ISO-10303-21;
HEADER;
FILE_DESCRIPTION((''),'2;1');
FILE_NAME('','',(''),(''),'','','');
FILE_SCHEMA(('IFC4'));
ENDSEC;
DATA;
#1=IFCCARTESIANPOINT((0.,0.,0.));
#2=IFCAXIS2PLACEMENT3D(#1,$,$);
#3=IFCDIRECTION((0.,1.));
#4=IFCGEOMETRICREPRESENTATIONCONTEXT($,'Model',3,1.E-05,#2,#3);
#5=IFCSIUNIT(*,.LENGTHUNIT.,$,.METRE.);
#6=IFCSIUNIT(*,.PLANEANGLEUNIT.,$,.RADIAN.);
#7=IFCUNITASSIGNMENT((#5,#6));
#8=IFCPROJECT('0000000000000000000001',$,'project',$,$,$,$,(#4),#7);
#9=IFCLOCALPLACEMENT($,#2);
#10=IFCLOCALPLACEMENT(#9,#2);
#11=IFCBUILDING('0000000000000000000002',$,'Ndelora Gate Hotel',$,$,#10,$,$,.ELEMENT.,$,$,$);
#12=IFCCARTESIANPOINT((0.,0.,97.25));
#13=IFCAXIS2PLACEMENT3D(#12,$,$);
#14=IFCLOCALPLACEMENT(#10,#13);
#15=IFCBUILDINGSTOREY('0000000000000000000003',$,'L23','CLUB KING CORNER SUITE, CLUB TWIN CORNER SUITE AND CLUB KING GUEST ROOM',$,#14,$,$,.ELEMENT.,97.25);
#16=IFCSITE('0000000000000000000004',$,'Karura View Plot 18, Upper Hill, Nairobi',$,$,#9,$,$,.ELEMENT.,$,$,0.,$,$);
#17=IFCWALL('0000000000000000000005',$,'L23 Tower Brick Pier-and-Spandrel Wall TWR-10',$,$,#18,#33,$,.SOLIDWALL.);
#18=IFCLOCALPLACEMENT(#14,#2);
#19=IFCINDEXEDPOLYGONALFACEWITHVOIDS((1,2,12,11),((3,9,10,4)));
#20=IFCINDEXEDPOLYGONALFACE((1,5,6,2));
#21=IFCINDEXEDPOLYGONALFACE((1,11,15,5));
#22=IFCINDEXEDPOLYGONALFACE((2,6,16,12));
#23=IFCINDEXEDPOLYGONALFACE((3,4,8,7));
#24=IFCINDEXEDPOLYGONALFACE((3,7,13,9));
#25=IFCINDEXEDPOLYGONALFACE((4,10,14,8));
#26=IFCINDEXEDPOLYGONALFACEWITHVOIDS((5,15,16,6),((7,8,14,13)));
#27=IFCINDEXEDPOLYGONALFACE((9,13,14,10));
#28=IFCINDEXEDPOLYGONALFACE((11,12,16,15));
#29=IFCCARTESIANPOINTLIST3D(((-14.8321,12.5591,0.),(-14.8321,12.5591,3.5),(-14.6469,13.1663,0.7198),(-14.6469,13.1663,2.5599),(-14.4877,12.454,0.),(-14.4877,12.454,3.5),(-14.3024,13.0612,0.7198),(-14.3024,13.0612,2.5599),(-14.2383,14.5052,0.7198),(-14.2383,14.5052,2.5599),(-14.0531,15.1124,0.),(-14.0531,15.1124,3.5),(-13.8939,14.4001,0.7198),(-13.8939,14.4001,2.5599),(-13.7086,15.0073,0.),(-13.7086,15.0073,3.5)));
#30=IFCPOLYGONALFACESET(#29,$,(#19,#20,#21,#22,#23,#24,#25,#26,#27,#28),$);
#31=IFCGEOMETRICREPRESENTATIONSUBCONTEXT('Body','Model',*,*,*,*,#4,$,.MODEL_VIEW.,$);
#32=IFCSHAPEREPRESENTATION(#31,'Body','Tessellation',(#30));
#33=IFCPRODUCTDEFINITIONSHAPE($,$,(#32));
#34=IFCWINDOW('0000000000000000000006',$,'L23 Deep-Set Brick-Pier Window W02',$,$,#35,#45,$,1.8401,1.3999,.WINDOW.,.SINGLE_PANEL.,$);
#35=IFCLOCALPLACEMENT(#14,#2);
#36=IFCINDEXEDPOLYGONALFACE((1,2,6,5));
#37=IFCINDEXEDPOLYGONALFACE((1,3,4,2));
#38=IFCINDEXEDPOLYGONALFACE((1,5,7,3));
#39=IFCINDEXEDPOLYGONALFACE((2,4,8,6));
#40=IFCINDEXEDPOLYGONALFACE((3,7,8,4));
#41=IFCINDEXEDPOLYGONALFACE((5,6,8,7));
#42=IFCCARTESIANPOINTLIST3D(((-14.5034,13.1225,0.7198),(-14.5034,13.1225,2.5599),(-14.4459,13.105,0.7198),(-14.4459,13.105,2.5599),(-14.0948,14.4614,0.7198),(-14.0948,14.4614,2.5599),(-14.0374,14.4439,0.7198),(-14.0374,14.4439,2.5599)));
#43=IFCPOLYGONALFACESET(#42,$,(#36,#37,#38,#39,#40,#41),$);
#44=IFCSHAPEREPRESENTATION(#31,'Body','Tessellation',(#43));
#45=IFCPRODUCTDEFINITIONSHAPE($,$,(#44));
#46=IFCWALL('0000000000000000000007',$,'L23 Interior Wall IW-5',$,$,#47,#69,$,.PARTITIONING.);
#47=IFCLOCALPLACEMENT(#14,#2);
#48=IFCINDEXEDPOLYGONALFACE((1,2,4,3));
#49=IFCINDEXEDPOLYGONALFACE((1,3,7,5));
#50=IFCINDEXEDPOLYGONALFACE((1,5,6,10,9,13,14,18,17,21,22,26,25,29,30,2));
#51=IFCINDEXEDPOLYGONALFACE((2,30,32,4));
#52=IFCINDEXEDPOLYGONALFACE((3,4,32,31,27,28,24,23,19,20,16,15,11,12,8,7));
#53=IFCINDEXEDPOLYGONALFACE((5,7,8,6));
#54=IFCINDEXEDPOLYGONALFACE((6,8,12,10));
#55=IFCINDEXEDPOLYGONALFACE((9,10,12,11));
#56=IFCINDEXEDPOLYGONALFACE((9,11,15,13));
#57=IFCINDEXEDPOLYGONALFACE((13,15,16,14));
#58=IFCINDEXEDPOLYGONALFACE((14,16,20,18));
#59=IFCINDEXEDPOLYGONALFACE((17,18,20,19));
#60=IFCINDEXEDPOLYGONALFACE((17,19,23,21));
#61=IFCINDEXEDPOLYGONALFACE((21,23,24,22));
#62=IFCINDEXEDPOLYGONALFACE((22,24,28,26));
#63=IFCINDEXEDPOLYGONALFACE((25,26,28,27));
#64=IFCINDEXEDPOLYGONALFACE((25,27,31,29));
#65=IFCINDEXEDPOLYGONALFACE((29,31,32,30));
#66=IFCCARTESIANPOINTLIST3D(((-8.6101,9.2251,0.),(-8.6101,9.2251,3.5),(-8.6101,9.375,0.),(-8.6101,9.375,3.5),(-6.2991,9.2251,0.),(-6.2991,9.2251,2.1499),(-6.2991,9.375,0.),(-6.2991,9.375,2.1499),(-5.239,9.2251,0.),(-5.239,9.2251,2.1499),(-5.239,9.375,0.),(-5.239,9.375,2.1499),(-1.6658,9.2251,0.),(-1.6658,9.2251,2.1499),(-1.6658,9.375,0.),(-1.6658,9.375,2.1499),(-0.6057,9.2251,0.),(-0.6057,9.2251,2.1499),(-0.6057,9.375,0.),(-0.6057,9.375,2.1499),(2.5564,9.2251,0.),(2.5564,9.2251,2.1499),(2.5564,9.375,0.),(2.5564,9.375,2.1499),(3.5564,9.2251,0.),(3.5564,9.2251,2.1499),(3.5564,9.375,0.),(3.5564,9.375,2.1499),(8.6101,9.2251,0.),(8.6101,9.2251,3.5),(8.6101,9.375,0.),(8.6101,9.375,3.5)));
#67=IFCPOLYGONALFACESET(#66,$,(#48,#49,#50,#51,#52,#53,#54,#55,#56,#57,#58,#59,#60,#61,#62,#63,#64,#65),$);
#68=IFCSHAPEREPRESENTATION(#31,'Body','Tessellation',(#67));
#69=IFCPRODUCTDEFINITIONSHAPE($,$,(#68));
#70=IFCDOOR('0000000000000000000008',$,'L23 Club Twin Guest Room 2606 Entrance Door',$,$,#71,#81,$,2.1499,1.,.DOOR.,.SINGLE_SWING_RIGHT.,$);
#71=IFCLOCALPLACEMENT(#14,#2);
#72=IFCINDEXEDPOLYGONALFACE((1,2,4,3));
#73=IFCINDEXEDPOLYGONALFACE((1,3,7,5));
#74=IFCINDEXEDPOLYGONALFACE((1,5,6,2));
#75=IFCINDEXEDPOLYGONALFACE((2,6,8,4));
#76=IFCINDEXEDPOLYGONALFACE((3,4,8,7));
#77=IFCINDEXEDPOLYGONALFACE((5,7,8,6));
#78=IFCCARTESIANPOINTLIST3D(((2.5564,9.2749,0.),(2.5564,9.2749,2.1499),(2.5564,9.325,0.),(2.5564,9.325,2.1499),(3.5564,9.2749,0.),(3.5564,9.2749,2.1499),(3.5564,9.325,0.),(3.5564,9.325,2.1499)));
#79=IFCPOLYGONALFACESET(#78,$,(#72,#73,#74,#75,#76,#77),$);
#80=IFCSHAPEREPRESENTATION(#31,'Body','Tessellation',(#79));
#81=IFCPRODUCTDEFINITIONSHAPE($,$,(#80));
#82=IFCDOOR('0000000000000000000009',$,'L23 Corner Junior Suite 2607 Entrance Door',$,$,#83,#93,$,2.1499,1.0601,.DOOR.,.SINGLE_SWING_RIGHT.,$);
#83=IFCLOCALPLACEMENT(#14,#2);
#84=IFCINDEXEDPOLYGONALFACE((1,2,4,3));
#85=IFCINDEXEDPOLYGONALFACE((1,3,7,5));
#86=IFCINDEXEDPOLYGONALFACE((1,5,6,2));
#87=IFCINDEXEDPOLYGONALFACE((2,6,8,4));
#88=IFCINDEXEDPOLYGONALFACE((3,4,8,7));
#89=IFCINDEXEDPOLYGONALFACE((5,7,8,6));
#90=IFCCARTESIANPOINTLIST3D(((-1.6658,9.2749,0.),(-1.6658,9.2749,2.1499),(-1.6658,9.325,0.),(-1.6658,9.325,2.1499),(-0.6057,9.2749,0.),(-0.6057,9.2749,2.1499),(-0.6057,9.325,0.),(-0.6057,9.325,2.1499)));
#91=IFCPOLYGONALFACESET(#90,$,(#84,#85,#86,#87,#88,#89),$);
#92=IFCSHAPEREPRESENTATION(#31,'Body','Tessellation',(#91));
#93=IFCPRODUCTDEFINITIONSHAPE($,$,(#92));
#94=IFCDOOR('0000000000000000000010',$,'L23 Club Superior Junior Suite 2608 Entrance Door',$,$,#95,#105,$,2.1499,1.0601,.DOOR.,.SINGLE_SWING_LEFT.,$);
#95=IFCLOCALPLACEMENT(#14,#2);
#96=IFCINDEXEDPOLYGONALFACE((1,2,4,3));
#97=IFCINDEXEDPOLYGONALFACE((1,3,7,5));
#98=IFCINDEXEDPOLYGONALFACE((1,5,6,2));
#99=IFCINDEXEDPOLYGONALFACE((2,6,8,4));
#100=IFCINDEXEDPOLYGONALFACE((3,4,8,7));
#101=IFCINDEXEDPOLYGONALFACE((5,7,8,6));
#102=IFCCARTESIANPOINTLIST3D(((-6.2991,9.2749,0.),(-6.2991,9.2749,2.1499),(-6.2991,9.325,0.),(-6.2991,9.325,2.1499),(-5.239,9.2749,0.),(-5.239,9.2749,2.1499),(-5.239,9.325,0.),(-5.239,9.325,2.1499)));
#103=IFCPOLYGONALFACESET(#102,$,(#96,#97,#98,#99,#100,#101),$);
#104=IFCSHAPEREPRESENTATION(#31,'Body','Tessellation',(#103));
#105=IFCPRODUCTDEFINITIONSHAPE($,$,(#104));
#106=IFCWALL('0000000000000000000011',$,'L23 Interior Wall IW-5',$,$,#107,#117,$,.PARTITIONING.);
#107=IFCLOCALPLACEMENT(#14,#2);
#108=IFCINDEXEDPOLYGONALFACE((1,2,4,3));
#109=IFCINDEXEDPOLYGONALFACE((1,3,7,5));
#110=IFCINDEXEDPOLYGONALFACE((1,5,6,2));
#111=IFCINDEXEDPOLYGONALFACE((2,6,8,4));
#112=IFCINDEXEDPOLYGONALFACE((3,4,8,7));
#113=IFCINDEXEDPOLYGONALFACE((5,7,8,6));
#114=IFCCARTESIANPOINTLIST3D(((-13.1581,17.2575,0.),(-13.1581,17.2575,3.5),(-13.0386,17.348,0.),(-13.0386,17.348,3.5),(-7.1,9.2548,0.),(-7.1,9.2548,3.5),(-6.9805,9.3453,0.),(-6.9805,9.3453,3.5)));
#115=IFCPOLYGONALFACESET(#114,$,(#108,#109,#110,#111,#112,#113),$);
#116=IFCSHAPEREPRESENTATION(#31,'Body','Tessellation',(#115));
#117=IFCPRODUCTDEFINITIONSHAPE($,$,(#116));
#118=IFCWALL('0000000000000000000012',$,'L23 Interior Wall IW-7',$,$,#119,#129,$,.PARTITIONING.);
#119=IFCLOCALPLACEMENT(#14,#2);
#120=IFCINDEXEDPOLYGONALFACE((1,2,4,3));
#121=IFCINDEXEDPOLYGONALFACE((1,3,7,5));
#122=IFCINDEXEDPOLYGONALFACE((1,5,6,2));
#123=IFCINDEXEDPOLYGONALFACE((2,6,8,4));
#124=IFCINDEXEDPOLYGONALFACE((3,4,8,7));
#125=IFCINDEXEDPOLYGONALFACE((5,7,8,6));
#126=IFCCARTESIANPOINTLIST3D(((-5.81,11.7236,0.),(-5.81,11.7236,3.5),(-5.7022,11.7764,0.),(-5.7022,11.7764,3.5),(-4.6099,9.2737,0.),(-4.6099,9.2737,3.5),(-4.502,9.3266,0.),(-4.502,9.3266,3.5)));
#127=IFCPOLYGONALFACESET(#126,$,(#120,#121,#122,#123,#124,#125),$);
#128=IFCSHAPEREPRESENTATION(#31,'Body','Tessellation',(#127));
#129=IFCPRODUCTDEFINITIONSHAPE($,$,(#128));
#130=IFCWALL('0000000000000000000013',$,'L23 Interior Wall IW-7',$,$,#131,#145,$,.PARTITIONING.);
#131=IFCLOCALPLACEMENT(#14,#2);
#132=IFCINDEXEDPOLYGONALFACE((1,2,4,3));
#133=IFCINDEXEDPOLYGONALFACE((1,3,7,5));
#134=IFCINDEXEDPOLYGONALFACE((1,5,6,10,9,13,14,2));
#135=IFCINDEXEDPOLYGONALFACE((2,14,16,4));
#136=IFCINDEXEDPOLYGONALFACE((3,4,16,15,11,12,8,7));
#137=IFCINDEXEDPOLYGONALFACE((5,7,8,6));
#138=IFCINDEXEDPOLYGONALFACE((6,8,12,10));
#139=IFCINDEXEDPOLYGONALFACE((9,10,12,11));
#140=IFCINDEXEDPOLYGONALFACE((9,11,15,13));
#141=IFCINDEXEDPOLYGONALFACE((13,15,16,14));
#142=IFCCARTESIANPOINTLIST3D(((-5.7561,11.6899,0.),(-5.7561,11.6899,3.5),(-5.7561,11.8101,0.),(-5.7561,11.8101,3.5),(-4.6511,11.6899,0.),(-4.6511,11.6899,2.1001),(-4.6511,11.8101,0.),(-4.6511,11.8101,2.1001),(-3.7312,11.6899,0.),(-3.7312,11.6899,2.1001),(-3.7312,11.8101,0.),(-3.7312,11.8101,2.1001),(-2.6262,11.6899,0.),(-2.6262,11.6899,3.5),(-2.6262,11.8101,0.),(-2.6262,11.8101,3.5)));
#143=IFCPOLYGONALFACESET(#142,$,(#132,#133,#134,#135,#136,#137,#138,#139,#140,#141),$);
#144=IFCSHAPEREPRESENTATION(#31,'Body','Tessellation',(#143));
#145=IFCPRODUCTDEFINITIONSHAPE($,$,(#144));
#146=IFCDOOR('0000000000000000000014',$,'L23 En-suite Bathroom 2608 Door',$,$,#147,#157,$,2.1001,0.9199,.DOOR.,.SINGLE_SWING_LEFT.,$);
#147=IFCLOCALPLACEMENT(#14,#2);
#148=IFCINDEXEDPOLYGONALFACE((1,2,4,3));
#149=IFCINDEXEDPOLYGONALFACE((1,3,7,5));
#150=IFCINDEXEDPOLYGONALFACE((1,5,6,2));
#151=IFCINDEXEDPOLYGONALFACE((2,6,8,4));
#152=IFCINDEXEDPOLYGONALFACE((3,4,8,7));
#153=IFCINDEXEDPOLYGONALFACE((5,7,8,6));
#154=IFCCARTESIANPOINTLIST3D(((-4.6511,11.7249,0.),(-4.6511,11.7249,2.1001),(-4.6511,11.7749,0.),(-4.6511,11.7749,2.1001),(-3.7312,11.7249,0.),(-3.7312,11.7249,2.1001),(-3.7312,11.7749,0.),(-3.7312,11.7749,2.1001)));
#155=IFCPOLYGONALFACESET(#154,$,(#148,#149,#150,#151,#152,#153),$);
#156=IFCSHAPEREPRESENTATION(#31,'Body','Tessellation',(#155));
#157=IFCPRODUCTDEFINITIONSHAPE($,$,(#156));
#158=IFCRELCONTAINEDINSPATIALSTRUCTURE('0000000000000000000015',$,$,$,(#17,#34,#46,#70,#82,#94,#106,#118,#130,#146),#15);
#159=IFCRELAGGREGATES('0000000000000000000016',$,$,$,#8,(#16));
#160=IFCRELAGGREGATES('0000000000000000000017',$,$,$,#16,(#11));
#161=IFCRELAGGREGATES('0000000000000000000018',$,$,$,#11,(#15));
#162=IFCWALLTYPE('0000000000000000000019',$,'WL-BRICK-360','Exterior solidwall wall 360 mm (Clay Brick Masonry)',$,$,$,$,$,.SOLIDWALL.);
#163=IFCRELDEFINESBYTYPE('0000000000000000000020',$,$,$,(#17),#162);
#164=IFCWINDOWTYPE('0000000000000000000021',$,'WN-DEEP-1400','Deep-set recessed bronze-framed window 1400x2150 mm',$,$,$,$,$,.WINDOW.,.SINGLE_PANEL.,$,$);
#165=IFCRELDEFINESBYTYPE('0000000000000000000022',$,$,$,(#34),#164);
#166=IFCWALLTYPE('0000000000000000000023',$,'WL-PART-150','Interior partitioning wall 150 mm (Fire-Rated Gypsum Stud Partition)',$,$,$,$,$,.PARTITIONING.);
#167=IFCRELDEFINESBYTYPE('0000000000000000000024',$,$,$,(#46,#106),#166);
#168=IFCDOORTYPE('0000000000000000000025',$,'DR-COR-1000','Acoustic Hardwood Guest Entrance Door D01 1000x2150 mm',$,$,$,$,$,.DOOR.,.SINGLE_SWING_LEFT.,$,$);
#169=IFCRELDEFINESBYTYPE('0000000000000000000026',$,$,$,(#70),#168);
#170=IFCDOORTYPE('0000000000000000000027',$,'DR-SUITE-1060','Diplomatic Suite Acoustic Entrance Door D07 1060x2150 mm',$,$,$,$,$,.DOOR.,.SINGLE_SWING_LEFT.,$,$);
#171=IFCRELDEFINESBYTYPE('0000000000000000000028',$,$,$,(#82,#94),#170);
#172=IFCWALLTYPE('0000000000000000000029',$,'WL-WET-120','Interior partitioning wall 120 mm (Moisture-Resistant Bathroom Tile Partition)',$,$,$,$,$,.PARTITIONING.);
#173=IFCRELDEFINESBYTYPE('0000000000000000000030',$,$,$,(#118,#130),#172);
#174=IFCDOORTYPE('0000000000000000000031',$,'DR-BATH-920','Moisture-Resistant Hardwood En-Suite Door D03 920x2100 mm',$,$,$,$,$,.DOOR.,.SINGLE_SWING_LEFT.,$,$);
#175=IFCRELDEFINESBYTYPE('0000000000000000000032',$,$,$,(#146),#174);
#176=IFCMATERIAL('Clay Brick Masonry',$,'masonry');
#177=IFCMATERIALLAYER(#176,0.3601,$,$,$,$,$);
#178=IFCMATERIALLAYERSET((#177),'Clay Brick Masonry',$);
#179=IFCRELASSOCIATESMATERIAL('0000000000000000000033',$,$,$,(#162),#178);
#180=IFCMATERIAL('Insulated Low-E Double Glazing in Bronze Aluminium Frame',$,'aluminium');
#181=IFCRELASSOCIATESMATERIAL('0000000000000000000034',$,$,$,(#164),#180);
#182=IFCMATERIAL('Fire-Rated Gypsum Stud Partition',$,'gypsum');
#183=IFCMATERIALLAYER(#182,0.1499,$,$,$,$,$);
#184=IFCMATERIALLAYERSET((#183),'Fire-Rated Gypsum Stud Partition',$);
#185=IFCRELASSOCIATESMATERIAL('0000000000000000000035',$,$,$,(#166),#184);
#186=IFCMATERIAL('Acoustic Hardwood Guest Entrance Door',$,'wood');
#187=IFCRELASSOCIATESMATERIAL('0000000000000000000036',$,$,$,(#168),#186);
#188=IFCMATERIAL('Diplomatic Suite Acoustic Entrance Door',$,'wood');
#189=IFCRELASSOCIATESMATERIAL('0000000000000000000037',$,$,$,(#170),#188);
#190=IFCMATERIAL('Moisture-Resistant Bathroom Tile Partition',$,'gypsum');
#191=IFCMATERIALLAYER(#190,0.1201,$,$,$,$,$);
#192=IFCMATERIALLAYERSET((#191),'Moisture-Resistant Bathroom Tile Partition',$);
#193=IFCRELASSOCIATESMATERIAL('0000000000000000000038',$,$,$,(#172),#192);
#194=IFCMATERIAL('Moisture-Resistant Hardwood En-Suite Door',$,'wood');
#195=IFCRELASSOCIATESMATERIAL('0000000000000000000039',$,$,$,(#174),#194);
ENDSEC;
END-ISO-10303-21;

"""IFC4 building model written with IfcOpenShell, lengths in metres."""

from ifc_helpers import new_model, si_unit, direction, frame, frame_2d, origin, place, context, subcontext, project, spatial, rectangle, extrude, material, layer, layer_set, type_object, element, fill, save


model = new_model("IFC4")

# Units and contexts
model_context = context("Model", 3, precision=1e-05, world=origin(), true_north=direction((0.0, 1.0)))
body_context = subcontext(model_context, "Body", "Model", "MODEL_VIEW")
ifc_project = project(units=[si_unit("LENGTHUNIT", "METRE"), si_unit("PLANEANGLEUNIT", "RADIAN")], contexts=[model_context])

# Site, building, storey
site_placement = place(None, origin())
site = spatial("IfcSite", under=ifc_project, at=site_placement, Name="Karura View Plot 18, Upper Hill, Nairobi", CompositionType="ELEMENT", RefElevation=0.0)
building_placement = place(site_placement, origin())
building = spatial("IfcBuilding", under=site, at=building_placement, Name="Ndelora Gate Hotel", CompositionType="ELEMENT")
storey_placement = place(building_placement, frame((0.0, 0.0, 97.25)))
storey = spatial("IfcBuildingStorey", under=building, at=storey_placement, Name="L23", Description="CLUB KING CORNER SUITE, CLUB TWIN CORNER SUITE AND CLUB KING GUEST ROOM", CompositionType="ELEMENT", Elevation=97.25)

# Wall, opening, window
ifc_material_1 = material(Name="Clay Brick Masonry", Category="masonry")
ifc_layer_1 = layer(ifc_material_1, 0.3601)
ifc_layer_set_1 = layer_set([ifc_layer_1], Name="Clay Brick Masonry")
wall_type_1 = type_object("IfcWallType", Name="WL-BRICK-360", Description="Exterior solidwall wall 360 mm (Clay Brick Masonry)", PredefinedType="SOLIDWALL", material=ifc_layer_set_1)
wall_1_placement = place(storey_placement, frame((-14.6599, 12.5066, 0.0), z_axis=(0.0, 0.0, 1.0), x_axis=(0.291842, 0.956467, 0.0)))
wall_1 = element("IfcWall", 1, at=wall_1_placement, inside=storey, type_object=wall_type_1, Name="L23 Tower Brick Pier-and-Spandrel Wall TWR-10", PredefinedType="SOLIDWALL", context=body_context, shape_type="SweptSolid", body=[
    extrude(rectangle(XDim=2.6694, YDim=0.3601, at=frame_2d((1.3347, 0.0))), origin(), (0.0, 0.0, 1.0), 3.5),
])
opening_1_placement = place(wall_1_placement, frame((0.6348, 0.0, 0.72)))
opening_1 = element("IfcOpeningElement", 2, at=opening_1_placement, cuts=wall_1, PredefinedType="OPENING", context=body_context, shape_type="SweptSolid", body=[
    extrude(rectangle(XDim=1.3999, YDim=1.8401, at=frame_2d((0.7, 0.9199))), frame((0.0, 0.1899, 0.0), z_axis=(0.0, -1.0, 0.0), x_axis=(1.0, 0.0, 0.0)), (0.0, 0.0, 1.0), 0.3801),
])
ifc_material_2 = material(Name="Insulated Low-E Double Glazing in Bronze Aluminium Frame", Category="aluminium")
window_type = type_object("IfcWindowType", Name="WN-DEEP-1400", Description="Deep-set recessed bronze-framed window 1400x2150 mm", PartitioningType="SINGLE_PANEL", PredefinedType="WINDOW", material=ifc_material_2)
window_placement = place(opening_1_placement, origin())
window = element("IfcWindow", 3, at=window_placement, inside=storey, type_object=window_type, Name="L23 Deep-Set Brick-Pier Window W02", OverallHeight=1.8401, OverallWidth=1.3999, PartitioningType="SINGLE_PANEL", PredefinedType="WINDOW", context=body_context, shape_type="SweptSolid", body=[
    extrude(rectangle(XDim=1.3999, YDim=1.8401, at=frame_2d((0.7, 0.9199))), frame((0.0, 0.03, 0.0), z_axis=(0.0, -1.0, 0.0), x_axis=(1.0, 0.0, 0.0)), (0.0, 0.0, 1.0), 0.0601),
])
fill(opening_1, window)

# Wall, openings, doors
ifc_material_3 = material(Name="Fire-Rated Gypsum Stud Partition", Category="gypsum")
ifc_layer_2 = layer(ifc_material_3, 0.1499)
ifc_layer_set_2 = layer_set([ifc_layer_2], Name="Fire-Rated Gypsum Stud Partition")
wall_type_2 = type_object("IfcWallType", Name="WL-PART-150", Description="Interior partitioning wall 150 mm (Fire-Rated Gypsum Stud Partition)", PredefinedType="PARTITIONING", material=ifc_layer_set_2)
wall_2_placement = place(storey_placement, frame((-8.6101, 9.3, 0.0), z_axis=(0.0, 0.0, 1.0), x_axis=(1.0, 0.0, 0.0)))
wall_2 = element("IfcWall", 4, at=wall_2_placement, inside=storey, type_object=wall_type_2, Name="L23 Interior Wall IW-5", PredefinedType="PARTITIONING", context=body_context, shape_type="SweptSolid", body=[
    extrude(rectangle(XDim=17.2202, YDim=0.1499, at=frame_2d((8.6101, 0.0))), origin(), (0.0, 0.0, 1.0), 3.5),
])
opening_2_placement = place(wall_2_placement, frame((11.1665, 0.0, 0.0)))
opening_2 = element("IfcOpeningElement", 5, at=opening_2_placement, cuts=wall_2, PredefinedType="OPENING", context=body_context, shape_type="SweptSolid", body=[
    extrude(rectangle(XDim=1.0, YDim=2.1499, at=frame_2d((0.5, 1.075))), frame((0.0, 0.085, 0.0), z_axis=(0.0, -1.0, 0.0), x_axis=(1.0, 0.0, 0.0)), (0.0, 0.0, 1.0), 0.1699),
])
opening_3_placement = place(wall_2_placement, frame((6.9443, 0.0, 0.0)))
opening_3 = element("IfcOpeningElement", 6, at=opening_3_placement, cuts=wall_2, PredefinedType="OPENING", context=body_context, shape_type="SweptSolid", body=[
    extrude(rectangle(XDim=1.0601, YDim=2.1499, at=frame_2d((0.53, 1.075))), frame((0.0, 0.085, 0.0), z_axis=(0.0, -1.0, 0.0), x_axis=(1.0, 0.0, 0.0)), (0.0, 0.0, 1.0), 0.1699),
])
opening_4_placement = place(wall_2_placement, frame((2.311, 0.0, 0.0)))
opening_4 = element("IfcOpeningElement", 7, at=opening_4_placement, cuts=wall_2, PredefinedType="OPENING", context=body_context, shape_type="SweptSolid", body=[
    extrude(rectangle(XDim=1.0601, YDim=2.1499, at=frame_2d((0.53, 1.075))), frame((0.0, 0.085, 0.0), z_axis=(0.0, -1.0, 0.0), x_axis=(1.0, 0.0, 0.0)), (0.0, 0.0, 1.0), 0.1699),
])
ifc_material_4 = material(Name="Acoustic Hardwood Guest Entrance Door", Category="wood")
door_type_1 = type_object("IfcDoorType", Name="DR-COR-1000", Description="Acoustic Hardwood Guest Entrance Door D01 1000x2150 mm", OperationType="SINGLE_SWING_LEFT", PredefinedType="DOOR", material=ifc_material_4)
door_1_placement = place(opening_2_placement, origin())
door_1 = element("IfcDoor", 8, at=door_1_placement, inside=storey, type_object=door_type_1, Name="L23 Club Twin Guest Room 2606 Entrance Door", OperationType="SINGLE_SWING_RIGHT", OverallHeight=2.1499, OverallWidth=1.0, PredefinedType="DOOR", context=body_context, shape_type="SweptSolid", body=[
    extrude(rectangle(XDim=1.0, YDim=2.1499, at=frame_2d((0.5, 1.075))), frame((0.0, 0.0249, 0.0), z_axis=(0.0, -1.0, 0.0), x_axis=(1.0, 0.0, 0.0)), (0.0, 0.0, 1.0), 0.05),
])
fill(opening_2, door_1)
ifc_material_5 = material(Name="Diplomatic Suite Acoustic Entrance Door", Category="wood")
door_type_2 = type_object("IfcDoorType", Name="DR-SUITE-1060", Description="Diplomatic Suite Acoustic Entrance Door D07 1060x2150 mm", OperationType="SINGLE_SWING_LEFT", PredefinedType="DOOR", material=ifc_material_5)
door_2_placement = place(opening_3_placement, origin())
door_2 = element("IfcDoor", 9, at=door_2_placement, inside=storey, type_object=door_type_2, Name="L23 Corner Junior Suite 2607 Entrance Door", OperationType="SINGLE_SWING_RIGHT", OverallHeight=2.1499, OverallWidth=1.0601, PredefinedType="DOOR", context=body_context, shape_type="SweptSolid", body=[
    extrude(rectangle(XDim=1.0601, YDim=2.1499, at=frame_2d((0.53, 1.075))), frame((0.0, 0.0249, 0.0), z_axis=(0.0, -1.0, 0.0), x_axis=(1.0, 0.0, 0.0)), (0.0, 0.0, 1.0), 0.05),
])
fill(opening_3, door_2)
door_3_placement = place(opening_4_placement, origin())
door_3 = element("IfcDoor", 10, at=door_3_placement, inside=storey, type_object=door_type_2, Name="L23 Club Superior Junior Suite 2608 Entrance Door", OperationType="SINGLE_SWING_LEFT", OverallHeight=2.1499, OverallWidth=1.0601, PredefinedType="DOOR", context=body_context, shape_type="SweptSolid", body=[
    extrude(rectangle(XDim=1.0601, YDim=2.1499, at=frame_2d((0.53, 1.075))), frame((0.0, 0.0249, 0.0), z_axis=(0.0, -1.0, 0.0), x_axis=(1.0, 0.0, 0.0)), (0.0, 0.0, 1.0), 0.05),
])
fill(opening_4, door_3)

# Walls
wall_3_placement = place(storey_placement, frame((-7.0403, 9.3, 0.0), z_axis=(0.0, 0.0, 1.0), x_axis=(-0.603571, 0.79731, 0.0)))
element("IfcWall", 11, at=wall_3_placement, inside=storey, type_object=wall_type_2, Name="L23 Interior Wall IW-5", PredefinedType="PARTITIONING", context=body_context, shape_type="SweptSolid", body=[
    extrude(rectangle(XDim=10.0371, YDim=0.1499, at=frame_2d((5.0186, 0.0))), origin(), (0.0, 0.0, 1.0), 3.5),
])
ifc_material_6 = material(Name="Moisture-Resistant Bathroom Tile Partition", Category="gypsum")
ifc_layer_3 = layer(ifc_material_6, 0.1201)
ifc_layer_set_3 = layer_set([ifc_layer_3], Name="Moisture-Resistant Bathroom Tile Partition")
wall_type_3 = type_object("IfcWallType", Name="WL-WET-120", Description="Interior partitioning wall 120 mm (Moisture-Resistant Bathroom Tile Partition)", PredefinedType="PARTITIONING", material=ifc_layer_set_3)
wall_4_placement = place(storey_placement, frame((-5.7561, 11.75, 0.0), z_axis=(0.0, 0.0, 1.0), x_axis=(0.439932, -0.898031, 0.0)))
element("IfcWall", 12, at=wall_4_placement, inside=storey, type_object=wall_type_3, Name="L23 Interior Wall IW-7", PredefinedType="PARTITIONING", context=body_context, shape_type="SweptSolid", body=[
    extrude(rectangle(XDim=2.728, YDim=0.1201, at=frame_2d((1.364, 0.0))), origin(), (0.0, 0.0, 1.0), 3.5),
])

# Wall, opening, door
wall_5_placement = place(storey_placement, frame((-5.7561, 11.75, 0.0), z_axis=(0.0, 0.0, 1.0), x_axis=(1.0, 0.0, 0.0)))
wall_5 = element("IfcWall", 13, at=wall_5_placement, inside=storey, type_object=wall_type_3, Name="L23 Interior Wall IW-7", PredefinedType="PARTITIONING", context=body_context, shape_type="SweptSolid", body=[
    extrude(rectangle(XDim=3.1299, YDim=0.1201, at=frame_2d((1.5649, 0.0))), origin(), (0.0, 0.0, 1.0), 3.5),
])
opening_5_placement = place(wall_5_placement, frame((1.105, 0.0, 0.0)))
opening_5 = element("IfcOpeningElement", 14, at=opening_5_placement, cuts=wall_5, PredefinedType="OPENING", context=body_context, shape_type="SweptSolid", body=[
    extrude(rectangle(XDim=0.9199, YDim=2.1001, at=frame_2d((0.46, 1.05))), frame((0.0, 0.0701, 0.0), z_axis=(0.0, -1.0, 0.0), x_axis=(1.0, 0.0, 0.0)), (0.0, 0.0, 1.0), 0.1401),
])
ifc_material_7 = material(Name="Moisture-Resistant Hardwood En-Suite Door", Category="wood")
door_type_3 = type_object("IfcDoorType", Name="DR-BATH-920", Description="Moisture-Resistant Hardwood En-Suite Door D03 920x2100 mm", OperationType="SINGLE_SWING_LEFT", PredefinedType="DOOR", material=ifc_material_7)
door_4_placement = place(opening_5_placement, origin())
door_4 = element("IfcDoor", 15, at=door_4_placement, inside=storey, type_object=door_type_3, Name="L23 En-suite Bathroom 2608 Door", OperationType="SINGLE_SWING_LEFT", OverallHeight=2.1001, OverallWidth=0.9199, PredefinedType="DOOR", context=body_context, shape_type="SweptSolid", body=[
    extrude(rectangle(XDim=0.9199, YDim=2.1001, at=frame_2d((0.46, 1.05))), frame((0.0, 0.0249, 0.0), z_axis=(0.0, -1.0, 0.0), x_axis=(1.0, 0.0, 0.0)), (0.0, 0.0, 1.0), 0.05),
])
fill(opening_5, door_4)

save(model, "model.ifc")
